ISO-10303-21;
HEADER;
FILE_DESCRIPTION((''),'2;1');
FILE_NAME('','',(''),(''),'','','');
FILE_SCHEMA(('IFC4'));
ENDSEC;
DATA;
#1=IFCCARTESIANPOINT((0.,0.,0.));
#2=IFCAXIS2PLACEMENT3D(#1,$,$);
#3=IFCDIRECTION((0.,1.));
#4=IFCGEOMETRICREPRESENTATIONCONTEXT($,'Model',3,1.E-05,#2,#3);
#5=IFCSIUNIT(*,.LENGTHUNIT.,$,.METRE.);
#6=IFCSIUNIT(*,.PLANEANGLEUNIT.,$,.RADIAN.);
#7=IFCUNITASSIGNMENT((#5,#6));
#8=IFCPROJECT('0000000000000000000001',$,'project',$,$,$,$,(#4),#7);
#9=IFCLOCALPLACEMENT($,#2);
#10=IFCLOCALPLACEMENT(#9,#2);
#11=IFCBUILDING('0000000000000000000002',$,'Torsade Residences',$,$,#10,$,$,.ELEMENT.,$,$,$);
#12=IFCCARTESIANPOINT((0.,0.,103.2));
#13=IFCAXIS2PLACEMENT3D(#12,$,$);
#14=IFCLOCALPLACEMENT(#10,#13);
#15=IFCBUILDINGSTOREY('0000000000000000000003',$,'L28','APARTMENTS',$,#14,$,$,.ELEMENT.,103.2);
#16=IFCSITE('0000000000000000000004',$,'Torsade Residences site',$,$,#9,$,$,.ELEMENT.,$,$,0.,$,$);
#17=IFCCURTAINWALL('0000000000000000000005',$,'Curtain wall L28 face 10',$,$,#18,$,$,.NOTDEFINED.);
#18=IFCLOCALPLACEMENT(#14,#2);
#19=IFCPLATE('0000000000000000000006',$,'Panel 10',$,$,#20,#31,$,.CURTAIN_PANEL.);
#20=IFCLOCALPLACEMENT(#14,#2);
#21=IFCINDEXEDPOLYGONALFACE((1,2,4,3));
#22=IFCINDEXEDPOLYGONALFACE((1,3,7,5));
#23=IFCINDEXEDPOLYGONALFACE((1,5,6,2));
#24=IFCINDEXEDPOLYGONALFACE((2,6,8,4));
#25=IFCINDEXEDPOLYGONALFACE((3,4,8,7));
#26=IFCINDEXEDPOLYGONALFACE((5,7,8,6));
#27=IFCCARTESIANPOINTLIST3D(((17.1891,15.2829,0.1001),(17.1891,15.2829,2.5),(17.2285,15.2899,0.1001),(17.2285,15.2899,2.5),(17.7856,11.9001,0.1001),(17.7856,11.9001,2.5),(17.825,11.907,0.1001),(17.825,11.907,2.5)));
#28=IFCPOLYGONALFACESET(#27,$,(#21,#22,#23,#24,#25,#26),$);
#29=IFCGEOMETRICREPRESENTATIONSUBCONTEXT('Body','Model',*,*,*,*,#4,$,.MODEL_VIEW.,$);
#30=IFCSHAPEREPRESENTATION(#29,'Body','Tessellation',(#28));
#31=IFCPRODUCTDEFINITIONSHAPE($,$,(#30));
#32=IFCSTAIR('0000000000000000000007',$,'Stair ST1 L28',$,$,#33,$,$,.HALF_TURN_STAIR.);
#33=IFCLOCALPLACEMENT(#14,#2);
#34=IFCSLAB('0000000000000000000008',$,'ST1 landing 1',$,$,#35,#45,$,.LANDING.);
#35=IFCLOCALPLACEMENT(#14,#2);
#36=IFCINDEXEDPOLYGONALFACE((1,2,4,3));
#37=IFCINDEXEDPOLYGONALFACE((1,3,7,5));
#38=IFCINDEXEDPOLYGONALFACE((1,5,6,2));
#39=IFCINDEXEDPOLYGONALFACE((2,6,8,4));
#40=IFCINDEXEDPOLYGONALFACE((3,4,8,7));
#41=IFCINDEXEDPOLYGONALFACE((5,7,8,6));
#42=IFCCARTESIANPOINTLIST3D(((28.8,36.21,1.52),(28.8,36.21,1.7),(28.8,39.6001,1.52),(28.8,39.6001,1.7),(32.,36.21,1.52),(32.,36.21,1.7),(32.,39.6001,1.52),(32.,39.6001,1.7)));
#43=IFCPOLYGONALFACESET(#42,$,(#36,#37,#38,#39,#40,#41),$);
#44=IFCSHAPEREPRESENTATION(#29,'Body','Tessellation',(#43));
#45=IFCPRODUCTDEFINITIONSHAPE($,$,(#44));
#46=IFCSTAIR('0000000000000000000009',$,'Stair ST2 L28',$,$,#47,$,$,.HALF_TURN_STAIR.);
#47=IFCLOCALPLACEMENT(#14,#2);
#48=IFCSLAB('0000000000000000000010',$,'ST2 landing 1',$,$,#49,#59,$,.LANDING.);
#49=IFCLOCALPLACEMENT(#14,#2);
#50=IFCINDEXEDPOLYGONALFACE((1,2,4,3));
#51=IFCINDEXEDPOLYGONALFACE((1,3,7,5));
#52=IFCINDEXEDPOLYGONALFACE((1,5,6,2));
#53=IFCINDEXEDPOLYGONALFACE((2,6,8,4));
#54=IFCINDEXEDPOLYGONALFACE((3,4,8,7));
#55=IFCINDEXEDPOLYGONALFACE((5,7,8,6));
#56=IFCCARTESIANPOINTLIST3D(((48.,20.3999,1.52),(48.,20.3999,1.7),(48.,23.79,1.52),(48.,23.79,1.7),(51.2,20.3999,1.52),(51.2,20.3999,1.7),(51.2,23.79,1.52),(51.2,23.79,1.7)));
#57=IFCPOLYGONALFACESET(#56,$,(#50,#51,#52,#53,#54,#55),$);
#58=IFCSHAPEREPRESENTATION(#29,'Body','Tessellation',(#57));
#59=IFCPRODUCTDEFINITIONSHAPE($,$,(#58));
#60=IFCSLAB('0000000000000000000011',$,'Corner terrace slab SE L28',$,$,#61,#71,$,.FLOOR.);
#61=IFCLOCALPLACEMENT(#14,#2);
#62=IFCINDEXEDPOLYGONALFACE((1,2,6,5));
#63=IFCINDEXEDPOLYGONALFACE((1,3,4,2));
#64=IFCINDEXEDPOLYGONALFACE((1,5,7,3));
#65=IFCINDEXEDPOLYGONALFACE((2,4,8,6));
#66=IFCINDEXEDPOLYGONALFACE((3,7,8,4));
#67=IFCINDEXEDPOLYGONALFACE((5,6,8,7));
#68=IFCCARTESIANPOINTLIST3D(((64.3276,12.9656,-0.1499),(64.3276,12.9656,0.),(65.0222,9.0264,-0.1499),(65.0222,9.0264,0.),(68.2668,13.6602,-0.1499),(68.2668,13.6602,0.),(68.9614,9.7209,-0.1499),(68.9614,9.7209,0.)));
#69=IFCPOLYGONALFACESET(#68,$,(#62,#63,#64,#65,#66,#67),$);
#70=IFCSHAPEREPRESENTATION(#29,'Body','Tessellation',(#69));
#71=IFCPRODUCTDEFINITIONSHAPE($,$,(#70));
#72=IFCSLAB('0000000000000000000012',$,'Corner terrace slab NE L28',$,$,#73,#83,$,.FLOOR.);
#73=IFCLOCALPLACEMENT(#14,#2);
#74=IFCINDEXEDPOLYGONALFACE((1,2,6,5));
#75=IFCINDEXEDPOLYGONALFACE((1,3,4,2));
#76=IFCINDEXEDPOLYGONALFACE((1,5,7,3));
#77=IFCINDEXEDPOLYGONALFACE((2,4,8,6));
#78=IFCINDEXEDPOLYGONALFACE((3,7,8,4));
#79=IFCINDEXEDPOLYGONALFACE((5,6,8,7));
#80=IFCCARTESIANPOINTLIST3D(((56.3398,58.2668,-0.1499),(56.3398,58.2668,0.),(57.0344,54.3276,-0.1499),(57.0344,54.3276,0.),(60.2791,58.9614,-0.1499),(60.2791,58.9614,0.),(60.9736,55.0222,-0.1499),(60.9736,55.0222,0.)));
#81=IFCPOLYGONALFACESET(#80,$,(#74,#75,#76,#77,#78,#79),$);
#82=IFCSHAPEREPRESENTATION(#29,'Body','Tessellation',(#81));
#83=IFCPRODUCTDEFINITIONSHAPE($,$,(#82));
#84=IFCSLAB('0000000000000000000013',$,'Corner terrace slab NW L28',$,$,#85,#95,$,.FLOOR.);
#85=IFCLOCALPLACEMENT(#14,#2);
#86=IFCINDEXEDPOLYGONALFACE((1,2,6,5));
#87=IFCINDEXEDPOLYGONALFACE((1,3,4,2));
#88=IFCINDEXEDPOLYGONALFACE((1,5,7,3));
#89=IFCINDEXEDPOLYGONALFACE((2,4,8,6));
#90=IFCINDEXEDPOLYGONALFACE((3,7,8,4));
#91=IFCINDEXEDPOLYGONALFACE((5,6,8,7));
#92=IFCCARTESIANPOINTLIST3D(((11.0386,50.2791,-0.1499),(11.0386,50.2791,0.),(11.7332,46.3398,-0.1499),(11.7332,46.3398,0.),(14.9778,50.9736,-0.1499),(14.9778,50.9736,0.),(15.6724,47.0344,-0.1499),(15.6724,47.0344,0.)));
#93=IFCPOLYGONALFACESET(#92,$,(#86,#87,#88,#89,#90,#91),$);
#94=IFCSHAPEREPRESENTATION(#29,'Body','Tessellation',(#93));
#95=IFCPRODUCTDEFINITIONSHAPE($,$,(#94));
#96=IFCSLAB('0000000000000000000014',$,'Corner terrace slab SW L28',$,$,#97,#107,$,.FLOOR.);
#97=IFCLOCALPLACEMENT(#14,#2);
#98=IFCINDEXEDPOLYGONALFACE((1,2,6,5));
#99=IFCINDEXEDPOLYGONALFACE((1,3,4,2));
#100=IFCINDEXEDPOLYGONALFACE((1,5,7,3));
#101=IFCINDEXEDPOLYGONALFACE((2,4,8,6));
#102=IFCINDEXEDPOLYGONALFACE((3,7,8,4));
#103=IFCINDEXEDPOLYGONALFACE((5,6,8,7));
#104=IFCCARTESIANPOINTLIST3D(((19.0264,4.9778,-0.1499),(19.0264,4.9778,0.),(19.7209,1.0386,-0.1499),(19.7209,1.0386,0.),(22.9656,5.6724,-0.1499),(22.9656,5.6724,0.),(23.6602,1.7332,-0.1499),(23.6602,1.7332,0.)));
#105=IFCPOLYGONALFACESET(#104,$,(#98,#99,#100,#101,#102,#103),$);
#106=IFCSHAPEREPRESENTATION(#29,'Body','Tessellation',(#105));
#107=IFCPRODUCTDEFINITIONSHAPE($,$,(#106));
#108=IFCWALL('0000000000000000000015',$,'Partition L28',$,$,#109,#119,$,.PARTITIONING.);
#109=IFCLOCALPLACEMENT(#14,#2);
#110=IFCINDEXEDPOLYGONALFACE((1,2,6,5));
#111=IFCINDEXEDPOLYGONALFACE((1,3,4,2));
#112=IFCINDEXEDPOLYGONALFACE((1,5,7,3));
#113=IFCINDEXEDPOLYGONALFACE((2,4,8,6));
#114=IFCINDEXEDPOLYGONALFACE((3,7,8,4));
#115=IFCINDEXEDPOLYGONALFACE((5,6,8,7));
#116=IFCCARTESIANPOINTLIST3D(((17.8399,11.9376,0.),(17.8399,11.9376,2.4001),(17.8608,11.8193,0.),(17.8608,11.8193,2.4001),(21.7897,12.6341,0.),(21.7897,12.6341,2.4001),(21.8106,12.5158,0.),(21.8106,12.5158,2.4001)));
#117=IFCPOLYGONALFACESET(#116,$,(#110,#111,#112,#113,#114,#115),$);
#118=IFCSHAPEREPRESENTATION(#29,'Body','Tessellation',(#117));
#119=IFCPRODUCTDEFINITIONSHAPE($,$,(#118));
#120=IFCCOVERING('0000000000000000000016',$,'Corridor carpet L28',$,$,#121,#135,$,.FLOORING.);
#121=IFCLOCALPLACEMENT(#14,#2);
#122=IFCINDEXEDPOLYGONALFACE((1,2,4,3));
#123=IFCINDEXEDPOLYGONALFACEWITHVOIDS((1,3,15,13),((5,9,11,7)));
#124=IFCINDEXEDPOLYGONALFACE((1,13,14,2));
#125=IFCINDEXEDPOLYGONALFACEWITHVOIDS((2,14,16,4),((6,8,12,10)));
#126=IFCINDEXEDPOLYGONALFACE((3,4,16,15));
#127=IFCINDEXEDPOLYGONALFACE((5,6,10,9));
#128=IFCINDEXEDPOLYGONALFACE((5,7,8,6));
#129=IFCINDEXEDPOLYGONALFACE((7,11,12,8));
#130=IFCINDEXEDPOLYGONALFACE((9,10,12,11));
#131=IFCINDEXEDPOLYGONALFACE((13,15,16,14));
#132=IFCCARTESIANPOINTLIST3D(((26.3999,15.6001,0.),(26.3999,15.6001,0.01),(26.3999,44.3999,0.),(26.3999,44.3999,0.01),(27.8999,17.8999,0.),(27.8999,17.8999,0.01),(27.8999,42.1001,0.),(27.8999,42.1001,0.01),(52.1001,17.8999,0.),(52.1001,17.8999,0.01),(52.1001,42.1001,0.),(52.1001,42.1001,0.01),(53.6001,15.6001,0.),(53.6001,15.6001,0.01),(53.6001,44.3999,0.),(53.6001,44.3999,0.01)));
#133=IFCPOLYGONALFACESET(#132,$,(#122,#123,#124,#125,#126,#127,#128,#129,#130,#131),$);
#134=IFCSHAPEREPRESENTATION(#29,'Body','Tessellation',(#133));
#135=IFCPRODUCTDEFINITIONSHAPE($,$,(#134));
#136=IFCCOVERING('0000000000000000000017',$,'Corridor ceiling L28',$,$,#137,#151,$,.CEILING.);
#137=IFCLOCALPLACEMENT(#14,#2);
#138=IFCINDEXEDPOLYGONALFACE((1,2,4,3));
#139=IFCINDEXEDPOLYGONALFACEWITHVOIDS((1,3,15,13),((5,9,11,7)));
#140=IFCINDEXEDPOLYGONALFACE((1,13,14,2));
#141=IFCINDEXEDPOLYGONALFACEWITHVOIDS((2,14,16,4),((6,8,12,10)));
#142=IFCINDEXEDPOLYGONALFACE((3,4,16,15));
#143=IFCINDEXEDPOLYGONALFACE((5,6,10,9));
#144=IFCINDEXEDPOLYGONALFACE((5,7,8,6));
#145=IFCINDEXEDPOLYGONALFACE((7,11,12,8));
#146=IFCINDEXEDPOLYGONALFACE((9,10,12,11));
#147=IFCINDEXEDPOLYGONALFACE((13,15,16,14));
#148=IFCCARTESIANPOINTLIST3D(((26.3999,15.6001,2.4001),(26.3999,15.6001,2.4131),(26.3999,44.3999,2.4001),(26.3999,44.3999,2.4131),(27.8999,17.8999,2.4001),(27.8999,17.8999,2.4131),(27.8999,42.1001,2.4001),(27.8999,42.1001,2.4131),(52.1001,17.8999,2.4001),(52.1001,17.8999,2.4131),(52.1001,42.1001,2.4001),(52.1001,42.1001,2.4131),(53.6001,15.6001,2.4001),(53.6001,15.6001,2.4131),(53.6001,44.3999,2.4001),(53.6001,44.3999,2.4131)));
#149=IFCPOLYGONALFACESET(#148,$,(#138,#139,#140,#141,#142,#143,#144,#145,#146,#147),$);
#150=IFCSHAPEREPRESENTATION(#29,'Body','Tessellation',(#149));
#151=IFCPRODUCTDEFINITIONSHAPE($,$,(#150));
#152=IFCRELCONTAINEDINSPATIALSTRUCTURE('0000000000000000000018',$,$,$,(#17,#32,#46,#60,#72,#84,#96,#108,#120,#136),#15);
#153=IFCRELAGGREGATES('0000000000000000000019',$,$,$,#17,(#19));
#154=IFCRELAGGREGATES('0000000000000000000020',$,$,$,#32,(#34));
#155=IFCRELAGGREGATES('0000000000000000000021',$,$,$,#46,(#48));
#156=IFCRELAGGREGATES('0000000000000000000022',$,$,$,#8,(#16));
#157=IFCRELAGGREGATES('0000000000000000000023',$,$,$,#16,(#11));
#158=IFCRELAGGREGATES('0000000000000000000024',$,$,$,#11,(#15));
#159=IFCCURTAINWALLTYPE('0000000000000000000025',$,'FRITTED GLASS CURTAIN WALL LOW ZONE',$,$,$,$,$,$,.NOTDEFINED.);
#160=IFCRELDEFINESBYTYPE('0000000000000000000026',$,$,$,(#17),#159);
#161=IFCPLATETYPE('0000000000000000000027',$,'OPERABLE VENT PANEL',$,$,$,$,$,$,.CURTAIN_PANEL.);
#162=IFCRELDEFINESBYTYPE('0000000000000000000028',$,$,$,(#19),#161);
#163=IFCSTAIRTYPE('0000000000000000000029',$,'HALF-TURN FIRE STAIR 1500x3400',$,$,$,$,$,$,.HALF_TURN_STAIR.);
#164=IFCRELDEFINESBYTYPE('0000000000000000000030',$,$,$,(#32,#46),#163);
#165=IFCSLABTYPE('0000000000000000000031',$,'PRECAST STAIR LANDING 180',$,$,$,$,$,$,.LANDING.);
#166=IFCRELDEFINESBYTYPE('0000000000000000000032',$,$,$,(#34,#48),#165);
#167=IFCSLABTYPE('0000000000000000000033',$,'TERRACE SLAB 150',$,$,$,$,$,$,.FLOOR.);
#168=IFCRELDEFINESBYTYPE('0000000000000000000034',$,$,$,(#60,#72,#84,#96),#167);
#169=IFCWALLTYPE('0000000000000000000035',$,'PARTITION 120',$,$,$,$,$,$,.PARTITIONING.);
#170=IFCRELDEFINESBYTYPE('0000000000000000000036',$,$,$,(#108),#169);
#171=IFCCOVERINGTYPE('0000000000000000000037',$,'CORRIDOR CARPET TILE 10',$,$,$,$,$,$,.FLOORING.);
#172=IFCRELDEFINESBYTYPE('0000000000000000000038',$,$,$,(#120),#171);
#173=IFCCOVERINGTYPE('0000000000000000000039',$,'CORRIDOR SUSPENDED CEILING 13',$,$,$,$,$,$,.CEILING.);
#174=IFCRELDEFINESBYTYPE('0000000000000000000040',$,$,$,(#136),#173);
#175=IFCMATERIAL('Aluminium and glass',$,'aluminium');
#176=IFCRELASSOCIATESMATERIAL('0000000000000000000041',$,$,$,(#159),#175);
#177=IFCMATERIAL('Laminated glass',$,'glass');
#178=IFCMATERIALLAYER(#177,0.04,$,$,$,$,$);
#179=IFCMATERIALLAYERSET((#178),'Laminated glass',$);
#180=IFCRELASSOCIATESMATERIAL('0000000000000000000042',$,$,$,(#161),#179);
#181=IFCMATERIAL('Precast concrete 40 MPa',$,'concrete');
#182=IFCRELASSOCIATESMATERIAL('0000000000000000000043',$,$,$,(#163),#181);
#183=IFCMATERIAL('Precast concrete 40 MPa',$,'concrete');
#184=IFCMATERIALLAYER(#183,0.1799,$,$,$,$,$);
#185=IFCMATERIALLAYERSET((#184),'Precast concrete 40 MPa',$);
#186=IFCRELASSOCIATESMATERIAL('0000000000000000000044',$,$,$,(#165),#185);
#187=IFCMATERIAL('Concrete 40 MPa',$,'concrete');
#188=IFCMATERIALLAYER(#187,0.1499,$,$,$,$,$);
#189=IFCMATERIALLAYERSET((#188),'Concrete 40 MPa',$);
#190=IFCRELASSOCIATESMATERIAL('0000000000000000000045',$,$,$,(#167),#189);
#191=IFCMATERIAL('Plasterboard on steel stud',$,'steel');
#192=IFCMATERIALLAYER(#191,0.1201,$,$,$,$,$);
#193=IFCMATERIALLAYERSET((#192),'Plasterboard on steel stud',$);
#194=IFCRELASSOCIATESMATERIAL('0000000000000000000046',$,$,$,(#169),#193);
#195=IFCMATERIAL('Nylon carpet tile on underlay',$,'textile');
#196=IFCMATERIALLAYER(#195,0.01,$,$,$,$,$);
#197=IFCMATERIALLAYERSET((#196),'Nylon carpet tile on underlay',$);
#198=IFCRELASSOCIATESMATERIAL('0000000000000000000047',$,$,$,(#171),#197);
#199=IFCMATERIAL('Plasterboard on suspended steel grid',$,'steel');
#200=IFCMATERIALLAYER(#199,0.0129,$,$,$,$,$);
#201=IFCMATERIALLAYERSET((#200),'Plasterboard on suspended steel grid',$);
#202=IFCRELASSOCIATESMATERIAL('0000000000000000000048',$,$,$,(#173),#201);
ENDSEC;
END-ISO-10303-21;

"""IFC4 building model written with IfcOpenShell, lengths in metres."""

from ifc_helpers import new_model, si_unit, direction, frame, frame_2d, origin, origin_2d, place, context, subcontext, project, spatial, polyline, rectangle, outline, extrude, material, layer, layer_set, type_object, element, aggregate, save


model = new_model("IFC4")

# Units and contexts
model_context = context("Model", 3, precision=1e-05, world=origin(), true_north=direction((0.0, 1.0)))
body_context = subcontext(model_context, "Body", "Model", "MODEL_VIEW")
ifc_project = project(units=[si_unit("LENGTHUNIT", "METRE"), si_unit("PLANEANGLEUNIT", "RADIAN")], contexts=[model_context])

# Site, building, storey
site_placement = place(None, origin())
site = spatial("IfcSite", under=ifc_project, at=site_placement, Name="Torsade Residences site", CompositionType="ELEMENT", RefElevation=0.0)
building_placement = place(site_placement, origin())
building = spatial("IfcBuilding", under=site, at=building_placement, Name="Torsade Residences", CompositionType="ELEMENT")
storey_placement = place(building_placement, frame((0.0, 0.0, 103.2)))
storey = spatial("IfcBuildingStorey", under=building, at=storey_placement, Name="L28", Description="APARTMENTS", CompositionType="ELEMENT", Elevation=103.2)

# Curtain wall
ifc_material_1 = material(Name="Aluminium and glass", Category="aluminium")
curtain_wall_type = type_object("IfcCurtainWallType", Name="FRITTED GLASS CURTAIN WALL LOW ZONE", PredefinedType="NOTDEFINED", material=ifc_material_1)
curtain_wall_placement = place(storey_placement, origin())
curtain_wall = element("IfcCurtainWall", 1, at=curtain_wall_placement, inside=storey, type_object=curtain_wall_type, Name="Curtain wall L28 face 10", PredefinedType="NOTDEFINED")

# Plate
ifc_material_2 = material(Name="Laminated glass", Category="glass")
ifc_layer_1 = layer(ifc_material_2, 0.04)
ifc_layer_set_1 = layer_set([ifc_layer_1], Name="Laminated glass")
plate_type_1 = type_object("IfcPlateType", Name="OPERABLE VENT PANEL", PredefinedType="CURTAIN_PANEL", material=ifc_layer_set_1)
plate_1_placement = place(storey_placement, frame((17.5071, 13.595, 0.1001), z_axis=(0.0, 0.0, 1.0), x_axis=(0.173648, -0.984808, 0.0)))
plate_1 = element("IfcPlate", 2, at=plate_1_placement, type_object=plate_type_1, Name="Panel 10", PredefinedType="CURTAIN_PANEL", context=body_context, shape_type="SweptSolid", body=[
    extrude(rectangle(XDim=3.4351, YDim=0.04, at=origin_2d()), origin(), (0.0, 0.0, 1.0), 2.3999),
])
aggregate(curtain_wall, [plate_1])

# Stairs, slabs
ifc_material_3 = material(Name="Precast concrete 40 MPa", Category="concrete")
stair_type = type_object("IfcStairType", Name="HALF-TURN FIRE STAIR 1500x3400", PredefinedType="HALF_TURN_STAIR", material=ifc_material_3)
stair_1_placement = place(storey_placement, origin())
stair_1 = element("IfcStair", 3, at=stair_1_placement, inside=storey, type_object=stair_type, Name="Stair ST1 L28", PredefinedType="HALF_TURN_STAIR")
ifc_material_4 = material(Name="Precast concrete 40 MPa", Category="concrete")
ifc_layer_2 = layer(ifc_material_4, 0.1799)
ifc_layer_set_2 = layer_set([ifc_layer_2], Name="Precast concrete 40 MPa")
slab_type_1 = type_object("IfcSlabType", Name="PRECAST STAIR LANDING 180", PredefinedType="LANDING", material=ifc_layer_set_2)
slab_1_placement = place(storey_placement, frame((0.0, 0.0, 1.52)))
slab_1 = element("IfcSlab", 4, at=slab_1_placement, type_object=slab_type_1, Name="ST1 landing 1", PredefinedType="LANDING", context=body_context, shape_type="SweptSolid", body=[
    extrude(outline(polyline([(28.8, 36.21), (32.0, 36.21), (32.0, 39.6001), (28.8, 39.6001), (28.8, 36.21)])), origin(), (0.0, 0.0, 1.0), 0.1799),
])
aggregate(stair_1, [slab_1])
stair_2_placement = place(storey_placement, origin())
stair_2 = element("IfcStair", 5, at=stair_2_placement, inside=storey, type_object=stair_type, Name="Stair ST2 L28", PredefinedType="HALF_TURN_STAIR")
slab_2_placement = place(storey_placement, frame((0.0, 0.0, 1.52)))
slab_2 = element("IfcSlab", 6, at=slab_2_placement, type_object=slab_type_1, Name="ST2 landing 1", PredefinedType="LANDING", context=body_context, shape_type="SweptSolid", body=[
    extrude(outline(polyline([(48.0, 20.3999), (51.2, 20.3999), (51.2, 23.79), (48.0, 23.79), (48.0, 20.3999)])), origin(), (0.0, 0.0, 1.0), 0.1799),
])
aggregate(stair_2, [slab_2])

# Slabs
ifc_material_5 = material(Name="Concrete 40 MPa", Category="concrete")
ifc_layer_3 = layer(ifc_material_5, 0.1499)
ifc_layer_set_3 = layer_set([ifc_layer_3], Name="Concrete 40 MPa")
slab_type_2 = type_object("IfcSlabType", Name="TERRACE SLAB 150", PredefinedType="FLOOR", material=ifc_layer_set_3)
slab_3_placement = place(storey_placement, frame((0.0, 0.0, -0.1499)))
element("IfcSlab", 7, at=slab_3_placement, inside=storey, type_object=slab_type_2, Name="Corner terrace slab SE L28", PredefinedType="FLOOR", context=body_context, shape_type="SweptSolid", body=[
    extrude(outline(polyline([(65.0222, 9.0264), (68.9614, 9.7209), (68.2668, 13.6602), (64.3276, 12.9656), (65.0222, 9.0264)])), origin(), (0.0, 0.0, 1.0), 0.1499),
])
slab_4_placement = place(storey_placement, frame((0.0, 0.0, -0.1499)))
element("IfcSlab", 8, at=slab_4_placement, inside=storey, type_object=slab_type_2, Name="Corner terrace slab NE L28", PredefinedType="FLOOR", context=body_context, shape_type="SweptSolid", body=[
    extrude(outline(polyline([(57.0344, 54.3276), (60.9736, 55.0222), (60.2791, 58.9614), (56.3398, 58.2668), (57.0344, 54.3276)])), origin(), (0.0, 0.0, 1.0), 0.1499),
])
slab_5_placement = place(storey_placement, frame((0.0, 0.0, -0.1499)))
element("IfcSlab", 9, at=slab_5_placement, inside=storey, type_object=slab_type_2, Name="Corner terrace slab NW L28", PredefinedType="FLOOR", context=body_context, shape_type="SweptSolid", body=[
    extrude(outline(polyline([(11.7332, 46.3398), (15.6724, 47.0344), (14.9778, 50.9736), (11.0386, 50.2791), (11.7332, 46.3398)])), origin(), (0.0, 0.0, 1.0), 0.1499),
])
slab_6_placement = place(storey_placement, frame((0.0, 0.0, -0.1499)))
element("IfcSlab", 10, at=slab_6_placement, inside=storey, type_object=slab_type_2, Name="Corner terrace slab SW L28", PredefinedType="FLOOR", context=body_context, shape_type="SweptSolid", body=[
    extrude(outline(polyline([(19.7209, 1.0386), (23.6602, 1.7332), (22.9656, 5.6724), (19.0264, 4.9778), (19.7209, 1.0386)])), origin(), (0.0, 0.0, 1.0), 0.1499),
])

# Wall
ifc_material_6 = material(Name="Plasterboard on steel stud", Category="steel")
ifc_layer_4 = layer(ifc_material_6, 0.1201)
ifc_layer_set_4 = layer_set([ifc_layer_4], Name="Plasterboard on steel stud")
wall_type = type_object("IfcWallType", Name="PARTITION 120", PredefinedType="PARTITIONING", material=ifc_layer_set_4)
wall_placement = place(storey_placement, frame((17.8503, 11.8784, 0.0), z_axis=(0.0, 0.0, 1.0), x_axis=(0.984804, 0.173671, 0.0)))
element("IfcWall", 11, at=wall_placement, inside=storey, type_object=wall_type, Name="Partition L28", PredefinedType="PARTITIONING", context=body_context, shape_type="SweptSolid", body=[
    extrude(rectangle(XDim=4.0107, YDim=0.1201, at=frame_2d((2.0054, 0.0))), origin(), (0.0, 0.0, 1.0), 2.4001),
])

# Coverings
ifc_material_7 = material(Name="Nylon carpet tile on underlay", Category="textile")
ifc_layer_5 = layer(ifc_material_7, 0.01)
ifc_layer_set_5 = layer_set([ifc_layer_5], Name="Nylon carpet tile on underlay")
covering_type_1 = type_object("IfcCoveringType", Name="CORRIDOR CARPET TILE 10", PredefinedType="FLOORING", material=ifc_layer_set_5)
covering_1_placement = place(storey_placement, origin())
element("IfcCovering", 12, at=covering_1_placement, inside=storey, type_object=covering_type_1, Name="Corridor carpet L28", PredefinedType="FLOORING", context=body_context, shape_type="SweptSolid", body=[
    extrude(outline(polyline([(53.6001, 15.6001), (53.6001, 44.3999), (26.3999, 44.3999), (26.3999, 15.6001), (53.6001, 15.6001)]), holes=[polyline([(52.1001, 42.1001), (27.8999, 42.1001), (27.8999, 17.8999), (52.1001, 17.8999), (52.1001, 42.1001)])]), origin(), (0.0, 0.0, 1.0), 0.01),
])
ifc_material_8 = material(Name="Plasterboard on suspended steel grid", Category="steel")
ifc_layer_6 = layer(ifc_material_8, 0.0129)
ifc_layer_set_6 = layer_set([ifc_layer_6], Name="Plasterboard on suspended steel grid")
covering_type_2 = type_object("IfcCoveringType", Name="CORRIDOR SUSPENDED CEILING 13", PredefinedType="CEILING", material=ifc_layer_set_6)
covering_2_placement = place(storey_placement, frame((0.0, 0.0, 2.4001)))
element("IfcCovering", 13, at=covering_2_placement, inside=storey, type_object=covering_type_2, Name="Corridor ceiling L28", PredefinedType="CEILING", context=body_context, shape_type="SweptSolid", body=[
    extrude(outline(polyline([(53.6001, 15.6001), (53.6001, 44.3999), (26.3999, 44.3999), (26.3999, 15.6001), (53.6001, 15.6001)]), holes=[polyline([(52.1001, 42.1001), (27.8999, 42.1001), (27.8999, 17.8999), (52.1001, 17.8999), (52.1001, 42.1001)])]), origin(), (0.0, 0.0, 1.0), 0.0129),
])

save(model, "model.ifc")
